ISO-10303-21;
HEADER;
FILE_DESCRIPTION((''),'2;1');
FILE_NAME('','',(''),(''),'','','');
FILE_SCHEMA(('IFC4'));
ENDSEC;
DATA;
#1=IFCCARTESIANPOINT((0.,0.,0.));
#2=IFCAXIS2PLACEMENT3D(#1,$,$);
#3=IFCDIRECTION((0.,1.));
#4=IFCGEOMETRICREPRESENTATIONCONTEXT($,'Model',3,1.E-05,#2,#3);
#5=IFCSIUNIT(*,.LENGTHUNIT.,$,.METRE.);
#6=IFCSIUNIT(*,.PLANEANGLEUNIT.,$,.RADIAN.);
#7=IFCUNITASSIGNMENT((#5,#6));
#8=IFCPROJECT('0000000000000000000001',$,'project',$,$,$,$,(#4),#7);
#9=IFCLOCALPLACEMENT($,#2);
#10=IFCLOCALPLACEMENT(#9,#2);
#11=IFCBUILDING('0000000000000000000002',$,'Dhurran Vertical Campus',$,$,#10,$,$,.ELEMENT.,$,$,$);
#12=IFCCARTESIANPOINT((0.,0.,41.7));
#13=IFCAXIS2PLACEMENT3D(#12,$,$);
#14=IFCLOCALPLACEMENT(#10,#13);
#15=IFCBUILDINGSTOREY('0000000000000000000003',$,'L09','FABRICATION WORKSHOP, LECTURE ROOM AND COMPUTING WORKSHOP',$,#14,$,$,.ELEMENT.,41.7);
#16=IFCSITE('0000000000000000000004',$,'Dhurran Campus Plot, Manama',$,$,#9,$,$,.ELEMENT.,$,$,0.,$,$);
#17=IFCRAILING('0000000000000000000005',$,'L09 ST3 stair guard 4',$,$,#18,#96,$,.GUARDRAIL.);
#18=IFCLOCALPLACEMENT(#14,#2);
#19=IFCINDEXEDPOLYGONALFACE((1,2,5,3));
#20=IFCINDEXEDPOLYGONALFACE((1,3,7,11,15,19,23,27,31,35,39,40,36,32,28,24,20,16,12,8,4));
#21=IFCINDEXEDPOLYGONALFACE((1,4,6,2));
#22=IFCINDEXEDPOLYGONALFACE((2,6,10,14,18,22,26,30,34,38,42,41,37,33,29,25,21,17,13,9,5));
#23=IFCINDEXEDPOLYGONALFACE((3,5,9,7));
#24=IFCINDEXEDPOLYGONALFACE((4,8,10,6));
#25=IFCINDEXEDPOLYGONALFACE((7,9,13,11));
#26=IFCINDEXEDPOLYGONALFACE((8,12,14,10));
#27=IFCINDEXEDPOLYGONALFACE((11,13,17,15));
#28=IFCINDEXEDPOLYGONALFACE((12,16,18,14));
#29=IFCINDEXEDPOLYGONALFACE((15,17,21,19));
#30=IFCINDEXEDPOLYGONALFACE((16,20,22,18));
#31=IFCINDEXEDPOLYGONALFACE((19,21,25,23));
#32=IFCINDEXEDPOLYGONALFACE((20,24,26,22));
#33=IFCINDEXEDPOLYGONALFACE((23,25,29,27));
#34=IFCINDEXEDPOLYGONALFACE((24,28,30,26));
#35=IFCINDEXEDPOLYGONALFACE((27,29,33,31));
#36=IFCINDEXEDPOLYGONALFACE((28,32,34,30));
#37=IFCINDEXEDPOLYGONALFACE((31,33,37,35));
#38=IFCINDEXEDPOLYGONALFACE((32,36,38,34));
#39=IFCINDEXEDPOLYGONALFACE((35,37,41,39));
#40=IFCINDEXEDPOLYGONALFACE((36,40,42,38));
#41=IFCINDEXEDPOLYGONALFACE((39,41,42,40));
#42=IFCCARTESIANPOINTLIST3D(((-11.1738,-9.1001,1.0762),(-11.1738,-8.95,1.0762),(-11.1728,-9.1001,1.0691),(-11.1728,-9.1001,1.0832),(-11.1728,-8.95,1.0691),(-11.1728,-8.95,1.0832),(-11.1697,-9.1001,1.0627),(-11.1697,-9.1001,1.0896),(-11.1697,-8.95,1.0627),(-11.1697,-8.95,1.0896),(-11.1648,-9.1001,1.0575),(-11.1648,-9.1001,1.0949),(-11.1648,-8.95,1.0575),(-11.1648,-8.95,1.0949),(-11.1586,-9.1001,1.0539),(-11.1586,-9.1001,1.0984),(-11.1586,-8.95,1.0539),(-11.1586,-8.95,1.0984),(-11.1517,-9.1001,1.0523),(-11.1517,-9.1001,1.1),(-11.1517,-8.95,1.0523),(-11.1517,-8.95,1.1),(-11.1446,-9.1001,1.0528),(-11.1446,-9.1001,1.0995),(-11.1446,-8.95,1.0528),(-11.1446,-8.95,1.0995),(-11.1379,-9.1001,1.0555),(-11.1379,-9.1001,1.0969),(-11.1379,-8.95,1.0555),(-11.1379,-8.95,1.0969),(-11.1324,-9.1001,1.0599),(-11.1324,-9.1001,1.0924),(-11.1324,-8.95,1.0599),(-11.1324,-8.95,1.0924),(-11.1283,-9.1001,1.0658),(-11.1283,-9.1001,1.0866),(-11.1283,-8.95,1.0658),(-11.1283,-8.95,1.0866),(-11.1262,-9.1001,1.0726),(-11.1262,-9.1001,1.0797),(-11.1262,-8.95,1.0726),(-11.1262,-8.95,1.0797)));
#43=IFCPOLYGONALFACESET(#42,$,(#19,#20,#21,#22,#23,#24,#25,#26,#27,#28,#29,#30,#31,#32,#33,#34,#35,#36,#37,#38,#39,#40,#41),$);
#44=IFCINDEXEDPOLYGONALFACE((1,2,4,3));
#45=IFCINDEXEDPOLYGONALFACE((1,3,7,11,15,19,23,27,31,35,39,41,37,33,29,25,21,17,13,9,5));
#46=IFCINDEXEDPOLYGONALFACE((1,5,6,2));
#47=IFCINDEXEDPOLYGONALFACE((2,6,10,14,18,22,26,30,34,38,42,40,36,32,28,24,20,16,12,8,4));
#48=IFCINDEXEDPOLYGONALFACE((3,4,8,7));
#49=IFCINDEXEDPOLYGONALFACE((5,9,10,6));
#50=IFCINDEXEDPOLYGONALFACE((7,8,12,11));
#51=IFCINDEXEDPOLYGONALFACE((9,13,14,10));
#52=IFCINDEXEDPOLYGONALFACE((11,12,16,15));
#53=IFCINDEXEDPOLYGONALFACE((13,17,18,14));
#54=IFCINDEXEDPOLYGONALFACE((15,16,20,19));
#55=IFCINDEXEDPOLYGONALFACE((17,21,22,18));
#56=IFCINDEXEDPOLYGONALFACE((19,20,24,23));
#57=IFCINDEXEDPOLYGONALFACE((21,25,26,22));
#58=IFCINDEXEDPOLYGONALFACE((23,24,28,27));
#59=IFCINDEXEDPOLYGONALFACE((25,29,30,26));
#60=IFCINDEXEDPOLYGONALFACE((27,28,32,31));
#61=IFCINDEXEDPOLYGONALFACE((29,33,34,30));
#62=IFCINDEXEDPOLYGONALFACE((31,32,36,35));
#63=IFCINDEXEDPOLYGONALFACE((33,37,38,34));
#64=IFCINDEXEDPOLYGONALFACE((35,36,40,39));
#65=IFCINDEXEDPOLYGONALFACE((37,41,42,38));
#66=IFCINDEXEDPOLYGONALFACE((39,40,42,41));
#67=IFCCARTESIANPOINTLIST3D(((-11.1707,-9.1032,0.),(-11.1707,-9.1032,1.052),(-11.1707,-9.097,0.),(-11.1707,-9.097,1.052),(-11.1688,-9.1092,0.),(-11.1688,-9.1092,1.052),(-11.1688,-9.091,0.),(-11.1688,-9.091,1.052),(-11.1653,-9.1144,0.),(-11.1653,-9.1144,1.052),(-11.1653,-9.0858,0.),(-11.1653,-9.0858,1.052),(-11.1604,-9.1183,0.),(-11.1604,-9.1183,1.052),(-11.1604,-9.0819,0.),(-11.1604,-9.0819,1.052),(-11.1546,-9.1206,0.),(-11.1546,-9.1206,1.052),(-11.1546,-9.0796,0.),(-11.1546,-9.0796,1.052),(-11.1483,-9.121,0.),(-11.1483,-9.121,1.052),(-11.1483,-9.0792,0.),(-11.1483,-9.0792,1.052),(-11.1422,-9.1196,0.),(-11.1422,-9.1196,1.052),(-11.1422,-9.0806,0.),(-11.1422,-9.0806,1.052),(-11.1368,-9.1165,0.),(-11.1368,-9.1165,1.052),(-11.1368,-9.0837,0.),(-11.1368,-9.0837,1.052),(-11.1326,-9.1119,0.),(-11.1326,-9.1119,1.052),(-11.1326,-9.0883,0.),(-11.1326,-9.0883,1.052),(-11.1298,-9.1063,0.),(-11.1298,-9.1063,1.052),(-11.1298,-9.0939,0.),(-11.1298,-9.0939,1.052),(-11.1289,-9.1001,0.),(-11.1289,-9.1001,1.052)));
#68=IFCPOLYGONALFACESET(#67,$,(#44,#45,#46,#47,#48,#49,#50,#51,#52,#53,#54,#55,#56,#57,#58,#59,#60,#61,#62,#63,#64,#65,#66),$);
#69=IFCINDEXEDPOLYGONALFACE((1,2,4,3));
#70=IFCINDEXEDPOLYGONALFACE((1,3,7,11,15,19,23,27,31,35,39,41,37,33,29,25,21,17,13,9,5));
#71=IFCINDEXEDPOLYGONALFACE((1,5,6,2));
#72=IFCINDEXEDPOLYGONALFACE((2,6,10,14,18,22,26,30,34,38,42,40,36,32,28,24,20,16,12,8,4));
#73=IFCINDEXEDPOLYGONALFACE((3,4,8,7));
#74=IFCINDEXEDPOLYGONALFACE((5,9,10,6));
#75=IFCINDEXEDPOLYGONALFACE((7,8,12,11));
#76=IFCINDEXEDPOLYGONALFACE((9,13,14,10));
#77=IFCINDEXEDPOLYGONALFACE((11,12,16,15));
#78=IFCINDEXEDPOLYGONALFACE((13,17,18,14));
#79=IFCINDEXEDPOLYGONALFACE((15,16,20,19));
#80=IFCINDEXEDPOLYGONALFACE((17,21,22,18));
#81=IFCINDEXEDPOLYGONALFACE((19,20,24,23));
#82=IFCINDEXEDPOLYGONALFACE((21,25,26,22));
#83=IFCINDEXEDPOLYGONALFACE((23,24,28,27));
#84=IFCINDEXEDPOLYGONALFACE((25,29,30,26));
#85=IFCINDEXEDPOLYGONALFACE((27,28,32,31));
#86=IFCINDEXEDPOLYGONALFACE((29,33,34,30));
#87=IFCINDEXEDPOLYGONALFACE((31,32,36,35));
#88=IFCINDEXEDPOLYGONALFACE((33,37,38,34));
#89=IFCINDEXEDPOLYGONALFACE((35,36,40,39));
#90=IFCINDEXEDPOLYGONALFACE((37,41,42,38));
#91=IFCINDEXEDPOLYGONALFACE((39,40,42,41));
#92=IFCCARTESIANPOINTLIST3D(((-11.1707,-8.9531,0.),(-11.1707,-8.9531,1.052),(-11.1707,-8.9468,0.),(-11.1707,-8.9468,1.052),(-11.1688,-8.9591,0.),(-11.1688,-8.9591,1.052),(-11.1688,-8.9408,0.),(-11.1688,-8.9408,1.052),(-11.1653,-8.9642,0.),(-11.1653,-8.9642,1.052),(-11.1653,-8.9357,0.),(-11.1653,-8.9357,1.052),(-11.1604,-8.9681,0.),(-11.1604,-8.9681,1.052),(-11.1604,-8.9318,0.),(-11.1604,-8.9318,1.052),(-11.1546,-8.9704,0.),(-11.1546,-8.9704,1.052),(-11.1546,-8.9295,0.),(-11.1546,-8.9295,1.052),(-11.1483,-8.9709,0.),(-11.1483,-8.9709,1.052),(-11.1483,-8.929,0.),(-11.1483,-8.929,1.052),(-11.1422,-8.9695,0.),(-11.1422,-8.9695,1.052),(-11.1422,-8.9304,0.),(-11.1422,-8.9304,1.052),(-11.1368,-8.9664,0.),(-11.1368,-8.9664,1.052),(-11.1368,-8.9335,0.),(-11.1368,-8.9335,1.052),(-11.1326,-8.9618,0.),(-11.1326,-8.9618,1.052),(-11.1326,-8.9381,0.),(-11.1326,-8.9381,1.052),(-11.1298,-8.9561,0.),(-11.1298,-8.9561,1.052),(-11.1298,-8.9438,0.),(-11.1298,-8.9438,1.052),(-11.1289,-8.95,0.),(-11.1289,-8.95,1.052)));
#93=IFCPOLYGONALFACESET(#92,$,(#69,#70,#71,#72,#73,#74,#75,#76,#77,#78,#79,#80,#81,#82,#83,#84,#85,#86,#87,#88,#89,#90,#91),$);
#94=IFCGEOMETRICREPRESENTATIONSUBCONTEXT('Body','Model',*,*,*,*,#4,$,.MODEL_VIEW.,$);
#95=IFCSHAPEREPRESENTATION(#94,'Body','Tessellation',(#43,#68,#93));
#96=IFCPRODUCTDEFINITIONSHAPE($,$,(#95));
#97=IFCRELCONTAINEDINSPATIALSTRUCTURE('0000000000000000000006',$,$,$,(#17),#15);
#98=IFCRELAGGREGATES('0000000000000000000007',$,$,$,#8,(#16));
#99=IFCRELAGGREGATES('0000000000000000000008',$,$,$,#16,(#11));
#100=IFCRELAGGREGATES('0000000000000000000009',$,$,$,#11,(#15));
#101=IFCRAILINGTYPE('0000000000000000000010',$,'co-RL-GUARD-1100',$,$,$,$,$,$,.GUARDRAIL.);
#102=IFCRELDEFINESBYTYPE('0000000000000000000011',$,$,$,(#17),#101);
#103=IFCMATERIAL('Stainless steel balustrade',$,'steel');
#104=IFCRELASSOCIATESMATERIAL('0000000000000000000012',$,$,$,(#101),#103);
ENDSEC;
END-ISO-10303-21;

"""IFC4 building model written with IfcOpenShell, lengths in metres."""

from ifc_helpers import new_model, si_unit, direction, frame, origin, origin_2d, place, context, subcontext, project, spatial, circle, extrude, material, type_object, element, save


model = new_model("IFC4")

# Units and contexts
model_context = context("Model", 3, precision=1e-05, world=origin(), true_north=direction((0.0, 1.0)))
body_context = subcontext(model_context, "Body", "Model", "MODEL_VIEW")
ifc_project = project(units=[si_unit("LENGTHUNIT", "METRE"), si_unit("PLANEANGLEUNIT", "RADIAN")], contexts=[model_context])

# Site, building, storey
site_placement = place(None, origin())
site = spatial("IfcSite", under=ifc_project, at=site_placement, Name="Dhurran Campus Plot, Manama", CompositionType="ELEMENT", RefElevation=0.0)
building_placement = place(site_placement, origin())
building = spatial("IfcBuilding", under=site, at=building_placement, Name="Dhurran Vertical Campus", CompositionType="ELEMENT")
storey_placement = place(building_placement, frame((0.0, 0.0, 41.7)))
storey = spatial("IfcBuildingStorey", under=building, at=storey_placement, Name="L09", Description="FABRICATION WORKSHOP, LECTURE ROOM AND COMPUTING WORKSHOP", CompositionType="ELEMENT", Elevation=41.7)

# Railing
ifc_material_1 = material(Name="Stainless steel balustrade", Category="steel")
railing_type_1 = type_object("IfcRailingType", Name="co-RL-GUARD-1100", PredefinedType="GUARDRAIL", material=ifc_material_1)
railing_1_placement = place(storey_placement, frame((-11.1499, -9.1001, 0.0)))
element("IfcRailing", 1, at=railing_1_placement, inside=storey, type_object=railing_type_1, Name="L09 ST3 stair guard 4", PredefinedType="GUARDRAIL", context=body_context, shape_type="SweptSolid", body=[
    extrude(circle(Radius=0.0239, at=origin_2d()), frame((0.0, 0.0, 1.0762), z_axis=(0.0, 1.0, 0.0), x_axis=(-1.0, 0.0, 0.0)), (0.0, 0.0, 1.0), 0.1501),
    extrude(circle(Radius=0.021, at=origin_2d()), origin(), (0.0, 0.0, 1.0), 1.052),
    extrude(circle(Radius=0.021, at=origin_2d()), frame((0.0, 0.1501, 0.0)), (0.0, 0.0, 1.0), 1.052),
])

save(model, "model.ifc")
